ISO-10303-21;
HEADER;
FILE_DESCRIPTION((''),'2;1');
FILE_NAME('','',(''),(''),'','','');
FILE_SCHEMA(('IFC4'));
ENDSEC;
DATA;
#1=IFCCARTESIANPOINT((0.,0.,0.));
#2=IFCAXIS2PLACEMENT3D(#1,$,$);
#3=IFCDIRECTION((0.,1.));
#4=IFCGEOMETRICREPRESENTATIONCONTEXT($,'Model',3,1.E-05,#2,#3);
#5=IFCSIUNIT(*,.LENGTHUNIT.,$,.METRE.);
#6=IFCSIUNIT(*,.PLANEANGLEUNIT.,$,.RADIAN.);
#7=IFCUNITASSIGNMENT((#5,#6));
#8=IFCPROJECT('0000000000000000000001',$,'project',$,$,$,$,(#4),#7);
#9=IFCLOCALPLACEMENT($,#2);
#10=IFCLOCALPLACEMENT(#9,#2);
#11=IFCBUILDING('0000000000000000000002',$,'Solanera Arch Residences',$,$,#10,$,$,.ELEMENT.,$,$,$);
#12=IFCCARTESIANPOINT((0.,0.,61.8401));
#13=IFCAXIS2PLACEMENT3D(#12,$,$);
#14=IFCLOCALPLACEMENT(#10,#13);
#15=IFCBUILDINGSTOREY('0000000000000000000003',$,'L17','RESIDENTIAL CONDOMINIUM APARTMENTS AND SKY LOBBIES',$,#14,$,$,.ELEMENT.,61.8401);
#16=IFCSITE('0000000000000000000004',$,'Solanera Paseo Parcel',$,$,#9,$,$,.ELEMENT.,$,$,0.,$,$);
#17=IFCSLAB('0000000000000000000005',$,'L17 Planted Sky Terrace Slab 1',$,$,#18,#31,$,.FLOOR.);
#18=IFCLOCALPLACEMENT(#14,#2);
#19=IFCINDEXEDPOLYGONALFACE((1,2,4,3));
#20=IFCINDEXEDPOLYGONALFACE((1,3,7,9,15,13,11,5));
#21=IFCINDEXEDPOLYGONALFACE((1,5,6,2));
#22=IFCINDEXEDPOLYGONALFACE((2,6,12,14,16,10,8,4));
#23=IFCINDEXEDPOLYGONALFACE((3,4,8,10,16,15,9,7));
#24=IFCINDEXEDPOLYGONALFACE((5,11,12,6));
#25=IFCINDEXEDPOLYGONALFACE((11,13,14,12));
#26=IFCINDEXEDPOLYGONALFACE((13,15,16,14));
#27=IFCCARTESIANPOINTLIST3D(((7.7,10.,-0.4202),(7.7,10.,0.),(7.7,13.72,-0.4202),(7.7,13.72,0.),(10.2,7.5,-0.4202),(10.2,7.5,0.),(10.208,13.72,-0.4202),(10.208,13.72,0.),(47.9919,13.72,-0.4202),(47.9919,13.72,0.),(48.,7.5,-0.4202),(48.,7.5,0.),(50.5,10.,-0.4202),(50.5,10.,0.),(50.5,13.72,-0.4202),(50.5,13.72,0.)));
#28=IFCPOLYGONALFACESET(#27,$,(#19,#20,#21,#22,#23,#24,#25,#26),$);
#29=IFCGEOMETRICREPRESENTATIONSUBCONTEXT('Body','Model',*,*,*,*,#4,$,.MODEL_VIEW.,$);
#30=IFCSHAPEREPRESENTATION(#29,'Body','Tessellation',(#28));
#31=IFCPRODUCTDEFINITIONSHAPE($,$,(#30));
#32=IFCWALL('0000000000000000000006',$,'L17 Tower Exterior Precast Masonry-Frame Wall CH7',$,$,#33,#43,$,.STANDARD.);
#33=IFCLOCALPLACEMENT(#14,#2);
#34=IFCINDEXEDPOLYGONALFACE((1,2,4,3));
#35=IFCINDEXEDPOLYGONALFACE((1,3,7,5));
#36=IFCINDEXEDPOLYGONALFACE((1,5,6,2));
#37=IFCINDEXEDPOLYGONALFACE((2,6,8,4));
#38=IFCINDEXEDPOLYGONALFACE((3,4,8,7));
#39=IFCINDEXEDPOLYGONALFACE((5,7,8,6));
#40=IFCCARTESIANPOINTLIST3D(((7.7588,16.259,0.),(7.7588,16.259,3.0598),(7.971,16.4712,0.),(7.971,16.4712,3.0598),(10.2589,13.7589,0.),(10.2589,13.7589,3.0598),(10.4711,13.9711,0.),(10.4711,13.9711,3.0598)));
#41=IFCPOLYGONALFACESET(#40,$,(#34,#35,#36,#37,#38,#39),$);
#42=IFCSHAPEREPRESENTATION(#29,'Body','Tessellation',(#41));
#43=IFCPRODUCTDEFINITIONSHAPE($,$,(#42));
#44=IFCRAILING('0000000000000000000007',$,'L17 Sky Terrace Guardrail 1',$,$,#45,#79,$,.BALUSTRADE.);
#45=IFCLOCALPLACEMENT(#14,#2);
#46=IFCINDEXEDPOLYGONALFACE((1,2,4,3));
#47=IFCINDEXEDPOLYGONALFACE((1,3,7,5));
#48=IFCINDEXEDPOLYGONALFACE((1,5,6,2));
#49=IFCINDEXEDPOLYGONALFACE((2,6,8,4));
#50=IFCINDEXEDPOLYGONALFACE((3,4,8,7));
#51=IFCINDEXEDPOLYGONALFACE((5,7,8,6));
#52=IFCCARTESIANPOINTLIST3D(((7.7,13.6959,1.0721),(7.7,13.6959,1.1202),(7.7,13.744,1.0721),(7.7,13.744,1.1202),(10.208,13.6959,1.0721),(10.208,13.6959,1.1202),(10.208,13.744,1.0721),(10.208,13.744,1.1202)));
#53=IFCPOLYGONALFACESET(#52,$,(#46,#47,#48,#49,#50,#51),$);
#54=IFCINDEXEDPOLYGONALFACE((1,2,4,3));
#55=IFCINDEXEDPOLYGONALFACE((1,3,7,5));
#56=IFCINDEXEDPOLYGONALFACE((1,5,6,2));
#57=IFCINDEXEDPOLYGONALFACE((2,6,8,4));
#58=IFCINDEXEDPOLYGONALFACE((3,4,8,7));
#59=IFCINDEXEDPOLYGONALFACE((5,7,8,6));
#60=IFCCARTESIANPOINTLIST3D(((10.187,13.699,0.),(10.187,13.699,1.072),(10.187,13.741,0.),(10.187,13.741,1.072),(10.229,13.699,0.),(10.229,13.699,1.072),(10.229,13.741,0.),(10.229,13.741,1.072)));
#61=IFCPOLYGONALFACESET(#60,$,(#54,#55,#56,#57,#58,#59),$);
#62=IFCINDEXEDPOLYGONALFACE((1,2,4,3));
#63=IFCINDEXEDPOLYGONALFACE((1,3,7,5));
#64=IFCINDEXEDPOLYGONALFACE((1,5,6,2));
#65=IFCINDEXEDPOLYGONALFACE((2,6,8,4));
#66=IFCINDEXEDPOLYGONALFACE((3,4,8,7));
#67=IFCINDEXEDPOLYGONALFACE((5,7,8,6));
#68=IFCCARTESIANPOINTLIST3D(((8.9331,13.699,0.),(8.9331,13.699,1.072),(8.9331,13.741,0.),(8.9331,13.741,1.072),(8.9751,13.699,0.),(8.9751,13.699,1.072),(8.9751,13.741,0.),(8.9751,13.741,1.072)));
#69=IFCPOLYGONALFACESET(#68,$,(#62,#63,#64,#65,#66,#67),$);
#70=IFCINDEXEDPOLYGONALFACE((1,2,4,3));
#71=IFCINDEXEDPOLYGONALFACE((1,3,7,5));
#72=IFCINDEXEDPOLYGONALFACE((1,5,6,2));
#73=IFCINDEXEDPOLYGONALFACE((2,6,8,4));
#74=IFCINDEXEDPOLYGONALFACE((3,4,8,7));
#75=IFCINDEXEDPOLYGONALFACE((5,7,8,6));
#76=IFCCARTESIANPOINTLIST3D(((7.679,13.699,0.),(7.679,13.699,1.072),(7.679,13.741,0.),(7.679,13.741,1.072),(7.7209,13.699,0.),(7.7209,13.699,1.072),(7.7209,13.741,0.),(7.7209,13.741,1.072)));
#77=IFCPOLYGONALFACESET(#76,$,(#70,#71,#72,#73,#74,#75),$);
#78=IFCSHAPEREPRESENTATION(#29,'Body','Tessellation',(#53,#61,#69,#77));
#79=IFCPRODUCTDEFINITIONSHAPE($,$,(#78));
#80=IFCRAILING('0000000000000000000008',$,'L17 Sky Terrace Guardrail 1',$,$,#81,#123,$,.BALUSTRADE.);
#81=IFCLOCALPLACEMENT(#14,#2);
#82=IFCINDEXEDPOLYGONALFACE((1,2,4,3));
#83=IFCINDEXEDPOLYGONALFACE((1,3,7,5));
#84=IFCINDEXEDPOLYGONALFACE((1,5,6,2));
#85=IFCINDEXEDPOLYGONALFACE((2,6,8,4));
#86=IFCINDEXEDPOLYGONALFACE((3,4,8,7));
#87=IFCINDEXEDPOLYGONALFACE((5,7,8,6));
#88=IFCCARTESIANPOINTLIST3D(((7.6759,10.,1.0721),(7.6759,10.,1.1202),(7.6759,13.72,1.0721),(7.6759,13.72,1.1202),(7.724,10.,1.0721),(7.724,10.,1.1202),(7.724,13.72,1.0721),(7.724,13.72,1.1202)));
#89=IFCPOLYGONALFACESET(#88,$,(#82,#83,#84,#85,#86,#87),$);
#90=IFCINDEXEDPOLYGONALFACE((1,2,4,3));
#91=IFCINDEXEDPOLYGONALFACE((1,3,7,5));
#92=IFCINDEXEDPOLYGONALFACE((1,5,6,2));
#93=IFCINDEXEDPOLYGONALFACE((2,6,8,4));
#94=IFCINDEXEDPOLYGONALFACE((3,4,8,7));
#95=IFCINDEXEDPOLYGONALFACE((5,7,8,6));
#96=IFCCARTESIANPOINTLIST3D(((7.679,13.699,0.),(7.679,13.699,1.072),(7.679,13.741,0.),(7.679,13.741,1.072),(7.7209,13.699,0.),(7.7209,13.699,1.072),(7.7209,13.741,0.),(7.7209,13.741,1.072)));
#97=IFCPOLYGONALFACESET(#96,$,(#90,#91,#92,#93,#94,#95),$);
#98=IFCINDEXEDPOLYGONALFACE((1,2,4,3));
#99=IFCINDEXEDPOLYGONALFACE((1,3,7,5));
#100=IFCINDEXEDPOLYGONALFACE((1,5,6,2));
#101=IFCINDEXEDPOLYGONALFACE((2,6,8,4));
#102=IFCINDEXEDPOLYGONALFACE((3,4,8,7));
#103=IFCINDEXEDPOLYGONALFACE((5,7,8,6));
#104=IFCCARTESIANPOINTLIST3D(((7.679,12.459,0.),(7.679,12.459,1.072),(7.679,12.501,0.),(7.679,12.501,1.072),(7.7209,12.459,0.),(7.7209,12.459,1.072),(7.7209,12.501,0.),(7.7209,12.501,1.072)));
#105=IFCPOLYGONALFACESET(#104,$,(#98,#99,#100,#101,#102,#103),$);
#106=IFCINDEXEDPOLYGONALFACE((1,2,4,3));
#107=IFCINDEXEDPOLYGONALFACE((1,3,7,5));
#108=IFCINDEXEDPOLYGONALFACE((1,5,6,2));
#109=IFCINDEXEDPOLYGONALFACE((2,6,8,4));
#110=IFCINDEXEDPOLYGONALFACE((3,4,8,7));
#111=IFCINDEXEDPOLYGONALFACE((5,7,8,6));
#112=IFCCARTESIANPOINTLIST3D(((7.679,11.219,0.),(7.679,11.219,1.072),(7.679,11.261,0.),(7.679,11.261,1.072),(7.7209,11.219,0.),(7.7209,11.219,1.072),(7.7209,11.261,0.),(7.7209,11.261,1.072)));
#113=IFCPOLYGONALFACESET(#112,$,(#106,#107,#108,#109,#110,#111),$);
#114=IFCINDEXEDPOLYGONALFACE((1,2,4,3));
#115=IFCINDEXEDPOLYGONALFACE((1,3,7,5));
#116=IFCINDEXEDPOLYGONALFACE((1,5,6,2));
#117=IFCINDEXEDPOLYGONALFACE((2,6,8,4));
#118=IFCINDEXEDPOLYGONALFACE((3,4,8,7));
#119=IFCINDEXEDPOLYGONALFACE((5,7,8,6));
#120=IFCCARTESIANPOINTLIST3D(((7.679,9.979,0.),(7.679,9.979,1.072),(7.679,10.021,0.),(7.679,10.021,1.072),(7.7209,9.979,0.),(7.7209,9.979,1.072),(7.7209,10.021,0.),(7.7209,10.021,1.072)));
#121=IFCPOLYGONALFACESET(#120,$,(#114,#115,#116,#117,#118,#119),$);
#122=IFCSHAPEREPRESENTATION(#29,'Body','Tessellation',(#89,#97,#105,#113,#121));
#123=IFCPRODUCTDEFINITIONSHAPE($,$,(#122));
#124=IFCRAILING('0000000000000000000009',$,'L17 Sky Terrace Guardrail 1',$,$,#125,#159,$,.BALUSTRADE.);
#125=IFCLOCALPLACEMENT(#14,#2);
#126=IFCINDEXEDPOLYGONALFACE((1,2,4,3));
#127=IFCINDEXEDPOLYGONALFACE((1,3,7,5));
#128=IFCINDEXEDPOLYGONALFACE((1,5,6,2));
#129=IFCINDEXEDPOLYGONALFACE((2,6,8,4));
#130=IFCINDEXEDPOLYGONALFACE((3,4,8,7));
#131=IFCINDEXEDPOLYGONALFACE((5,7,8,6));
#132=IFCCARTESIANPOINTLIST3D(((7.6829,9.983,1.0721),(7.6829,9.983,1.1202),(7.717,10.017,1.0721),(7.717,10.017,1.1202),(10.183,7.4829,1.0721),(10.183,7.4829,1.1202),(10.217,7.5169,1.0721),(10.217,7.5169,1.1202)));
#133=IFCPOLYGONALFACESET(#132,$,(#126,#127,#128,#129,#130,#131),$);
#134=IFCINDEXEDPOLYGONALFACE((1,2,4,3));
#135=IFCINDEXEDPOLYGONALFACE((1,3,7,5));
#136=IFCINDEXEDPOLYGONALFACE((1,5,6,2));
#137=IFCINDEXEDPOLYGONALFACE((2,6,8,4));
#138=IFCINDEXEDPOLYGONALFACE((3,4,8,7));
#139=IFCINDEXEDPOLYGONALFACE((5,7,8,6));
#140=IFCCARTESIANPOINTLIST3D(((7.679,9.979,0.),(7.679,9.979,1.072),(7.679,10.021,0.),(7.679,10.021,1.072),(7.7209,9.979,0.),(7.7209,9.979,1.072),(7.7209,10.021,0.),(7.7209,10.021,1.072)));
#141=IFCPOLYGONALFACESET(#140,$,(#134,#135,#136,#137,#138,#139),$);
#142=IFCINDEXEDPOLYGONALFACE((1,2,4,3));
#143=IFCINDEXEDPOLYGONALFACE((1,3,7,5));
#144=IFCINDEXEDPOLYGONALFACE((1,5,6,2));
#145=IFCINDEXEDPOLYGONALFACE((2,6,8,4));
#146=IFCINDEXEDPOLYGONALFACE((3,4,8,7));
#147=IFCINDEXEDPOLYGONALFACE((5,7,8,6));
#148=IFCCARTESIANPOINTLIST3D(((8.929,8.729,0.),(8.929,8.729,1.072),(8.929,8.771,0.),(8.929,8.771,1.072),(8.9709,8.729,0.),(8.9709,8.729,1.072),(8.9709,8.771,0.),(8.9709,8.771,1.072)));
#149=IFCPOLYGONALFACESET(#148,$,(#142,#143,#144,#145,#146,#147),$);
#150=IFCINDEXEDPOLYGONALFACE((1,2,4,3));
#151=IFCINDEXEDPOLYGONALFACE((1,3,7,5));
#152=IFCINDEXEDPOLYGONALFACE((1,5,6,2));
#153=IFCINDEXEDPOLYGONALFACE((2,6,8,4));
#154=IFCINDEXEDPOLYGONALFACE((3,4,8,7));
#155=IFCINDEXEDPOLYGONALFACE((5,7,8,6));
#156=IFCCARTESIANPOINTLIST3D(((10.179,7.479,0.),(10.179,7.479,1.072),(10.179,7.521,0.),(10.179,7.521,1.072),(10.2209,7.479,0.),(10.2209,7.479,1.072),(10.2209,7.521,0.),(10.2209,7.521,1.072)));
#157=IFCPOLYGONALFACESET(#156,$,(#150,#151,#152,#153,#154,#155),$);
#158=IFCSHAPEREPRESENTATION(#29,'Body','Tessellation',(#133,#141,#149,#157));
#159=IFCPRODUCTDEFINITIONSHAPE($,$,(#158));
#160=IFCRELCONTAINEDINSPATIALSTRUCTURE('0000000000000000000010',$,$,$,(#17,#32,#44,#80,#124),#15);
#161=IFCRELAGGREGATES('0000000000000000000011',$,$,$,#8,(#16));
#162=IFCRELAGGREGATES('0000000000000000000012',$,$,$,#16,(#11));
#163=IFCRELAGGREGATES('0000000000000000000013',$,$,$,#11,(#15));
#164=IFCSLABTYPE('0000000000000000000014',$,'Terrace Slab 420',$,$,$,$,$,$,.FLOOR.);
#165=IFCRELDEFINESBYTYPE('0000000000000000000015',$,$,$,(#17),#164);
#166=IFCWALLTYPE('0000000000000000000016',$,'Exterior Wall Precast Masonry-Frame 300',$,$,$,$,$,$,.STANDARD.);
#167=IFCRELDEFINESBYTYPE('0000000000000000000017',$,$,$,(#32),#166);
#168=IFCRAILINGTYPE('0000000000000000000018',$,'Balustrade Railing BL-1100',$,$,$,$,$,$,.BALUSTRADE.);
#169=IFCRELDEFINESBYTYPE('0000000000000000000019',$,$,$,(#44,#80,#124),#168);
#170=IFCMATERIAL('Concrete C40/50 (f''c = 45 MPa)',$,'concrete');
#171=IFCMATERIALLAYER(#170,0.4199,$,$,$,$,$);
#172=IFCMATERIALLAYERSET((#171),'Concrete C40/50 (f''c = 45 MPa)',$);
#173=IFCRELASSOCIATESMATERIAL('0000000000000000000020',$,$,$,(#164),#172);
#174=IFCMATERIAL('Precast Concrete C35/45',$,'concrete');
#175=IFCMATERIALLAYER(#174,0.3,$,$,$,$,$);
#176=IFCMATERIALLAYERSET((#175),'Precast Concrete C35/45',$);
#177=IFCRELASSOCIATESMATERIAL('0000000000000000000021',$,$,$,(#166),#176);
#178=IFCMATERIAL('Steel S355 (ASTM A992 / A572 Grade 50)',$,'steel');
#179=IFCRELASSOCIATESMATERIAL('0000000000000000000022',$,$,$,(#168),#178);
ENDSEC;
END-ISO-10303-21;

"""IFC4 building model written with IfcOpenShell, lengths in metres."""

from ifc_helpers import new_model, si_unit, direction, frame, frame_2d, origin, origin_2d, place, context, subcontext, project, spatial, polyline, rectangle, outline, extrude, material, layer, layer_set, type_object, element, save


model = new_model("IFC4")

# Units and contexts
model_context = context("Model", 3, precision=1e-05, world=origin(), true_north=direction((0.0, 1.0)))
body_context = subcontext(model_context, "Body", "Model", "MODEL_VIEW")
ifc_project = project(units=[si_unit("LENGTHUNIT", "METRE"), si_unit("PLANEANGLEUNIT", "RADIAN")], contexts=[model_context])

# Site, building, storey
site_placement = place(None, origin())
site = spatial("IfcSite", under=ifc_project, at=site_placement, Name="Solanera Paseo Parcel", CompositionType="ELEMENT", RefElevation=0.0)
building_placement = place(site_placement, origin())
building = spatial("IfcBuilding", under=site, at=building_placement, Name="Solanera Arch Residences", CompositionType="ELEMENT")
storey_placement = place(building_placement, frame((0.0, 0.0, 61.8401)))
storey = spatial("IfcBuildingStorey", under=building, at=storey_placement, Name="L17", Description="RESIDENTIAL CONDOMINIUM APARTMENTS AND SKY LOBBIES", CompositionType="ELEMENT", Elevation=61.8401)

# Slab
ifc_material_1 = material(Name="Concrete C40/50 (f'c = 45 MPa)", Category="concrete")
ifc_layer_1 = layer(ifc_material_1, 0.4199)
ifc_layer_set_1 = layer_set([ifc_layer_1], Name="Concrete C40/50 (f'c = 45 MPa)")
slab_type_1 = type_object("IfcSlabType", Name="Terrace Slab 420", PredefinedType="FLOOR", material=ifc_layer_set_1)
slab_1_placement = place(storey_placement, frame((0.0, 0.0, -0.4202)))
element("IfcSlab", 1, at=slab_1_placement, inside=storey, type_object=slab_type_1, Name="L17 Planted Sky Terrace Slab 1", PredefinedType="FLOOR", context=body_context, shape_type="SweptSolid", body=[
    extrude(outline(polyline([(50.5, 13.72), (47.9919, 13.72), (10.208, 13.72), (7.7, 13.72), (7.7, 10.0), (10.2, 7.5), (48.0, 7.5), (50.5, 10.0), (50.5, 13.72)])), origin(), (0.0, 0.0, 1.0), 0.4202),
])

# Wall
ifc_material_2 = material(Name="Precast Concrete C35/45", Category="concrete")
ifc_layer_2 = layer(ifc_material_2, 0.3)
ifc_layer_set_2 = layer_set([ifc_layer_2], Name="Precast Concrete C35/45")
wall_type = type_object("IfcWallType", Name="Exterior Wall Precast Masonry-Frame 300", PredefinedType="STANDARD", material=ifc_layer_set_2)
wall_placement = place(storey_placement, frame((10.365, 13.865, 0.0), z_axis=(0.0, 0.0, 1.0), x_axis=(-0.707107, 0.707107, 0.0)))
element("IfcWall", 2, at=wall_placement, inside=storey, type_object=wall_type, Name="L17 Tower Exterior Precast Masonry-Frame Wall CH7", PredefinedType="STANDARD", context=body_context, shape_type="SweptSolid", body=[
    extrude(rectangle(XDim=3.5356, YDim=0.3, at=frame_2d((1.7678, 0.0))), origin(), (0.0, 0.0, 1.0), 3.0598),
])

# Railings
ifc_material_3 = material(Name="Steel S355 (ASTM A992 / A572 Grade 50)", Category="steel")
railing_type = type_object("IfcRailingType", Name="Balustrade Railing BL-1100", PredefinedType="BALUSTRADE", material=ifc_material_3)
railing_1_placement = place(storey_placement, frame((10.208, 13.72, 0.0)))
element("IfcRailing", 3, at=railing_1_placement, inside=storey, type_object=railing_type, Name="L17 Sky Terrace Guardrail 1", PredefinedType="BALUSTRADE", context=body_context, shape_type="SweptSolid", body=[
    extrude(rectangle(XDim=0.0481, YDim=0.0481, at=origin_2d()), frame((0.0, 0.0, 1.0962), z_axis=(-1.0, 0.0, 0.0), x_axis=(0.0, -1.0, 0.0)), (0.0, 0.0, 1.0), 2.5081),
    extrude(rectangle(XDim=0.042, YDim=0.042, at=origin_2d()), origin(), (0.0, 0.0, 1.0), 1.072),
    extrude(rectangle(XDim=0.042, YDim=0.042, at=origin_2d()), frame((-1.2539, 0.0, 0.0)), (0.0, 0.0, 1.0), 1.072),
    extrude(rectangle(XDim=0.042, YDim=0.042, at=origin_2d()), frame((-2.5081, 0.0, 0.0)), (0.0, 0.0, 1.0), 1.072),
])
railing_2_placement = place(storey_placement, frame((7.7, 13.72, 0.0)))
element("IfcRailing", 4, at=railing_2_placement, inside=storey, type_object=railing_type, Name="L17 Sky Terrace Guardrail 1", PredefinedType="BALUSTRADE", context=body_context, shape_type="SweptSolid", body=[
    extrude(rectangle(XDim=0.0481, YDim=0.0481, at=origin_2d()), frame((0.0, 0.0, 1.0962), z_axis=(0.0, -1.0, 0.0), x_axis=(1.0, 0.0, 0.0)), (0.0, 0.0, 1.0), 3.72),
    extrude(rectangle(XDim=0.042, YDim=0.042, at=origin_2d()), origin(), (0.0, 0.0, 1.0), 1.072),
    extrude(rectangle(XDim=0.042, YDim=0.042, at=origin_2d()), frame((0.0, -1.24, 0.0)), (0.0, 0.0, 1.0), 1.072),
    extrude(rectangle(XDim=0.042, YDim=0.042, at=origin_2d()), frame((0.0, -2.48, 0.0)), (0.0, 0.0, 1.0), 1.072),
    extrude(rectangle(XDim=0.042, YDim=0.042, at=origin_2d()), frame((0.0, -3.72, 0.0)), (0.0, 0.0, 1.0), 1.072),
])
railing_3_placement = place(storey_placement, frame((7.7, 10.0, 0.0)))
element("IfcRailing", 5, at=railing_3_placement, inside=storey, type_object=railing_type, Name="L17 Sky Terrace Guardrail 1", PredefinedType="BALUSTRADE", context=body_context, shape_type="SweptSolid", body=[
    extrude(rectangle(XDim=0.0481, YDim=0.0481, at=origin_2d()), frame((0.0, 0.0, 1.0962), z_axis=(0.707107, -0.707107, 0.0), x_axis=(0.707107, 0.707107, 0.0)), (0.0, 0.0, 1.0), 3.5356),
    extrude(rectangle(XDim=0.042, YDim=0.042, at=origin_2d()), origin(), (0.0, 0.0, 1.0), 1.072),
    extrude(rectangle(XDim=0.042, YDim=0.042, at=origin_2d()), frame((1.25, -1.25, 0.0)), (0.0, 0.0, 1.0), 1.072),
    extrude(rectangle(XDim=0.042, YDim=0.042, at=origin_2d()), frame((2.5, -2.5, 0.0)), (0.0, 0.0, 1.0), 1.072),
])

save(model, "model.ifc")
